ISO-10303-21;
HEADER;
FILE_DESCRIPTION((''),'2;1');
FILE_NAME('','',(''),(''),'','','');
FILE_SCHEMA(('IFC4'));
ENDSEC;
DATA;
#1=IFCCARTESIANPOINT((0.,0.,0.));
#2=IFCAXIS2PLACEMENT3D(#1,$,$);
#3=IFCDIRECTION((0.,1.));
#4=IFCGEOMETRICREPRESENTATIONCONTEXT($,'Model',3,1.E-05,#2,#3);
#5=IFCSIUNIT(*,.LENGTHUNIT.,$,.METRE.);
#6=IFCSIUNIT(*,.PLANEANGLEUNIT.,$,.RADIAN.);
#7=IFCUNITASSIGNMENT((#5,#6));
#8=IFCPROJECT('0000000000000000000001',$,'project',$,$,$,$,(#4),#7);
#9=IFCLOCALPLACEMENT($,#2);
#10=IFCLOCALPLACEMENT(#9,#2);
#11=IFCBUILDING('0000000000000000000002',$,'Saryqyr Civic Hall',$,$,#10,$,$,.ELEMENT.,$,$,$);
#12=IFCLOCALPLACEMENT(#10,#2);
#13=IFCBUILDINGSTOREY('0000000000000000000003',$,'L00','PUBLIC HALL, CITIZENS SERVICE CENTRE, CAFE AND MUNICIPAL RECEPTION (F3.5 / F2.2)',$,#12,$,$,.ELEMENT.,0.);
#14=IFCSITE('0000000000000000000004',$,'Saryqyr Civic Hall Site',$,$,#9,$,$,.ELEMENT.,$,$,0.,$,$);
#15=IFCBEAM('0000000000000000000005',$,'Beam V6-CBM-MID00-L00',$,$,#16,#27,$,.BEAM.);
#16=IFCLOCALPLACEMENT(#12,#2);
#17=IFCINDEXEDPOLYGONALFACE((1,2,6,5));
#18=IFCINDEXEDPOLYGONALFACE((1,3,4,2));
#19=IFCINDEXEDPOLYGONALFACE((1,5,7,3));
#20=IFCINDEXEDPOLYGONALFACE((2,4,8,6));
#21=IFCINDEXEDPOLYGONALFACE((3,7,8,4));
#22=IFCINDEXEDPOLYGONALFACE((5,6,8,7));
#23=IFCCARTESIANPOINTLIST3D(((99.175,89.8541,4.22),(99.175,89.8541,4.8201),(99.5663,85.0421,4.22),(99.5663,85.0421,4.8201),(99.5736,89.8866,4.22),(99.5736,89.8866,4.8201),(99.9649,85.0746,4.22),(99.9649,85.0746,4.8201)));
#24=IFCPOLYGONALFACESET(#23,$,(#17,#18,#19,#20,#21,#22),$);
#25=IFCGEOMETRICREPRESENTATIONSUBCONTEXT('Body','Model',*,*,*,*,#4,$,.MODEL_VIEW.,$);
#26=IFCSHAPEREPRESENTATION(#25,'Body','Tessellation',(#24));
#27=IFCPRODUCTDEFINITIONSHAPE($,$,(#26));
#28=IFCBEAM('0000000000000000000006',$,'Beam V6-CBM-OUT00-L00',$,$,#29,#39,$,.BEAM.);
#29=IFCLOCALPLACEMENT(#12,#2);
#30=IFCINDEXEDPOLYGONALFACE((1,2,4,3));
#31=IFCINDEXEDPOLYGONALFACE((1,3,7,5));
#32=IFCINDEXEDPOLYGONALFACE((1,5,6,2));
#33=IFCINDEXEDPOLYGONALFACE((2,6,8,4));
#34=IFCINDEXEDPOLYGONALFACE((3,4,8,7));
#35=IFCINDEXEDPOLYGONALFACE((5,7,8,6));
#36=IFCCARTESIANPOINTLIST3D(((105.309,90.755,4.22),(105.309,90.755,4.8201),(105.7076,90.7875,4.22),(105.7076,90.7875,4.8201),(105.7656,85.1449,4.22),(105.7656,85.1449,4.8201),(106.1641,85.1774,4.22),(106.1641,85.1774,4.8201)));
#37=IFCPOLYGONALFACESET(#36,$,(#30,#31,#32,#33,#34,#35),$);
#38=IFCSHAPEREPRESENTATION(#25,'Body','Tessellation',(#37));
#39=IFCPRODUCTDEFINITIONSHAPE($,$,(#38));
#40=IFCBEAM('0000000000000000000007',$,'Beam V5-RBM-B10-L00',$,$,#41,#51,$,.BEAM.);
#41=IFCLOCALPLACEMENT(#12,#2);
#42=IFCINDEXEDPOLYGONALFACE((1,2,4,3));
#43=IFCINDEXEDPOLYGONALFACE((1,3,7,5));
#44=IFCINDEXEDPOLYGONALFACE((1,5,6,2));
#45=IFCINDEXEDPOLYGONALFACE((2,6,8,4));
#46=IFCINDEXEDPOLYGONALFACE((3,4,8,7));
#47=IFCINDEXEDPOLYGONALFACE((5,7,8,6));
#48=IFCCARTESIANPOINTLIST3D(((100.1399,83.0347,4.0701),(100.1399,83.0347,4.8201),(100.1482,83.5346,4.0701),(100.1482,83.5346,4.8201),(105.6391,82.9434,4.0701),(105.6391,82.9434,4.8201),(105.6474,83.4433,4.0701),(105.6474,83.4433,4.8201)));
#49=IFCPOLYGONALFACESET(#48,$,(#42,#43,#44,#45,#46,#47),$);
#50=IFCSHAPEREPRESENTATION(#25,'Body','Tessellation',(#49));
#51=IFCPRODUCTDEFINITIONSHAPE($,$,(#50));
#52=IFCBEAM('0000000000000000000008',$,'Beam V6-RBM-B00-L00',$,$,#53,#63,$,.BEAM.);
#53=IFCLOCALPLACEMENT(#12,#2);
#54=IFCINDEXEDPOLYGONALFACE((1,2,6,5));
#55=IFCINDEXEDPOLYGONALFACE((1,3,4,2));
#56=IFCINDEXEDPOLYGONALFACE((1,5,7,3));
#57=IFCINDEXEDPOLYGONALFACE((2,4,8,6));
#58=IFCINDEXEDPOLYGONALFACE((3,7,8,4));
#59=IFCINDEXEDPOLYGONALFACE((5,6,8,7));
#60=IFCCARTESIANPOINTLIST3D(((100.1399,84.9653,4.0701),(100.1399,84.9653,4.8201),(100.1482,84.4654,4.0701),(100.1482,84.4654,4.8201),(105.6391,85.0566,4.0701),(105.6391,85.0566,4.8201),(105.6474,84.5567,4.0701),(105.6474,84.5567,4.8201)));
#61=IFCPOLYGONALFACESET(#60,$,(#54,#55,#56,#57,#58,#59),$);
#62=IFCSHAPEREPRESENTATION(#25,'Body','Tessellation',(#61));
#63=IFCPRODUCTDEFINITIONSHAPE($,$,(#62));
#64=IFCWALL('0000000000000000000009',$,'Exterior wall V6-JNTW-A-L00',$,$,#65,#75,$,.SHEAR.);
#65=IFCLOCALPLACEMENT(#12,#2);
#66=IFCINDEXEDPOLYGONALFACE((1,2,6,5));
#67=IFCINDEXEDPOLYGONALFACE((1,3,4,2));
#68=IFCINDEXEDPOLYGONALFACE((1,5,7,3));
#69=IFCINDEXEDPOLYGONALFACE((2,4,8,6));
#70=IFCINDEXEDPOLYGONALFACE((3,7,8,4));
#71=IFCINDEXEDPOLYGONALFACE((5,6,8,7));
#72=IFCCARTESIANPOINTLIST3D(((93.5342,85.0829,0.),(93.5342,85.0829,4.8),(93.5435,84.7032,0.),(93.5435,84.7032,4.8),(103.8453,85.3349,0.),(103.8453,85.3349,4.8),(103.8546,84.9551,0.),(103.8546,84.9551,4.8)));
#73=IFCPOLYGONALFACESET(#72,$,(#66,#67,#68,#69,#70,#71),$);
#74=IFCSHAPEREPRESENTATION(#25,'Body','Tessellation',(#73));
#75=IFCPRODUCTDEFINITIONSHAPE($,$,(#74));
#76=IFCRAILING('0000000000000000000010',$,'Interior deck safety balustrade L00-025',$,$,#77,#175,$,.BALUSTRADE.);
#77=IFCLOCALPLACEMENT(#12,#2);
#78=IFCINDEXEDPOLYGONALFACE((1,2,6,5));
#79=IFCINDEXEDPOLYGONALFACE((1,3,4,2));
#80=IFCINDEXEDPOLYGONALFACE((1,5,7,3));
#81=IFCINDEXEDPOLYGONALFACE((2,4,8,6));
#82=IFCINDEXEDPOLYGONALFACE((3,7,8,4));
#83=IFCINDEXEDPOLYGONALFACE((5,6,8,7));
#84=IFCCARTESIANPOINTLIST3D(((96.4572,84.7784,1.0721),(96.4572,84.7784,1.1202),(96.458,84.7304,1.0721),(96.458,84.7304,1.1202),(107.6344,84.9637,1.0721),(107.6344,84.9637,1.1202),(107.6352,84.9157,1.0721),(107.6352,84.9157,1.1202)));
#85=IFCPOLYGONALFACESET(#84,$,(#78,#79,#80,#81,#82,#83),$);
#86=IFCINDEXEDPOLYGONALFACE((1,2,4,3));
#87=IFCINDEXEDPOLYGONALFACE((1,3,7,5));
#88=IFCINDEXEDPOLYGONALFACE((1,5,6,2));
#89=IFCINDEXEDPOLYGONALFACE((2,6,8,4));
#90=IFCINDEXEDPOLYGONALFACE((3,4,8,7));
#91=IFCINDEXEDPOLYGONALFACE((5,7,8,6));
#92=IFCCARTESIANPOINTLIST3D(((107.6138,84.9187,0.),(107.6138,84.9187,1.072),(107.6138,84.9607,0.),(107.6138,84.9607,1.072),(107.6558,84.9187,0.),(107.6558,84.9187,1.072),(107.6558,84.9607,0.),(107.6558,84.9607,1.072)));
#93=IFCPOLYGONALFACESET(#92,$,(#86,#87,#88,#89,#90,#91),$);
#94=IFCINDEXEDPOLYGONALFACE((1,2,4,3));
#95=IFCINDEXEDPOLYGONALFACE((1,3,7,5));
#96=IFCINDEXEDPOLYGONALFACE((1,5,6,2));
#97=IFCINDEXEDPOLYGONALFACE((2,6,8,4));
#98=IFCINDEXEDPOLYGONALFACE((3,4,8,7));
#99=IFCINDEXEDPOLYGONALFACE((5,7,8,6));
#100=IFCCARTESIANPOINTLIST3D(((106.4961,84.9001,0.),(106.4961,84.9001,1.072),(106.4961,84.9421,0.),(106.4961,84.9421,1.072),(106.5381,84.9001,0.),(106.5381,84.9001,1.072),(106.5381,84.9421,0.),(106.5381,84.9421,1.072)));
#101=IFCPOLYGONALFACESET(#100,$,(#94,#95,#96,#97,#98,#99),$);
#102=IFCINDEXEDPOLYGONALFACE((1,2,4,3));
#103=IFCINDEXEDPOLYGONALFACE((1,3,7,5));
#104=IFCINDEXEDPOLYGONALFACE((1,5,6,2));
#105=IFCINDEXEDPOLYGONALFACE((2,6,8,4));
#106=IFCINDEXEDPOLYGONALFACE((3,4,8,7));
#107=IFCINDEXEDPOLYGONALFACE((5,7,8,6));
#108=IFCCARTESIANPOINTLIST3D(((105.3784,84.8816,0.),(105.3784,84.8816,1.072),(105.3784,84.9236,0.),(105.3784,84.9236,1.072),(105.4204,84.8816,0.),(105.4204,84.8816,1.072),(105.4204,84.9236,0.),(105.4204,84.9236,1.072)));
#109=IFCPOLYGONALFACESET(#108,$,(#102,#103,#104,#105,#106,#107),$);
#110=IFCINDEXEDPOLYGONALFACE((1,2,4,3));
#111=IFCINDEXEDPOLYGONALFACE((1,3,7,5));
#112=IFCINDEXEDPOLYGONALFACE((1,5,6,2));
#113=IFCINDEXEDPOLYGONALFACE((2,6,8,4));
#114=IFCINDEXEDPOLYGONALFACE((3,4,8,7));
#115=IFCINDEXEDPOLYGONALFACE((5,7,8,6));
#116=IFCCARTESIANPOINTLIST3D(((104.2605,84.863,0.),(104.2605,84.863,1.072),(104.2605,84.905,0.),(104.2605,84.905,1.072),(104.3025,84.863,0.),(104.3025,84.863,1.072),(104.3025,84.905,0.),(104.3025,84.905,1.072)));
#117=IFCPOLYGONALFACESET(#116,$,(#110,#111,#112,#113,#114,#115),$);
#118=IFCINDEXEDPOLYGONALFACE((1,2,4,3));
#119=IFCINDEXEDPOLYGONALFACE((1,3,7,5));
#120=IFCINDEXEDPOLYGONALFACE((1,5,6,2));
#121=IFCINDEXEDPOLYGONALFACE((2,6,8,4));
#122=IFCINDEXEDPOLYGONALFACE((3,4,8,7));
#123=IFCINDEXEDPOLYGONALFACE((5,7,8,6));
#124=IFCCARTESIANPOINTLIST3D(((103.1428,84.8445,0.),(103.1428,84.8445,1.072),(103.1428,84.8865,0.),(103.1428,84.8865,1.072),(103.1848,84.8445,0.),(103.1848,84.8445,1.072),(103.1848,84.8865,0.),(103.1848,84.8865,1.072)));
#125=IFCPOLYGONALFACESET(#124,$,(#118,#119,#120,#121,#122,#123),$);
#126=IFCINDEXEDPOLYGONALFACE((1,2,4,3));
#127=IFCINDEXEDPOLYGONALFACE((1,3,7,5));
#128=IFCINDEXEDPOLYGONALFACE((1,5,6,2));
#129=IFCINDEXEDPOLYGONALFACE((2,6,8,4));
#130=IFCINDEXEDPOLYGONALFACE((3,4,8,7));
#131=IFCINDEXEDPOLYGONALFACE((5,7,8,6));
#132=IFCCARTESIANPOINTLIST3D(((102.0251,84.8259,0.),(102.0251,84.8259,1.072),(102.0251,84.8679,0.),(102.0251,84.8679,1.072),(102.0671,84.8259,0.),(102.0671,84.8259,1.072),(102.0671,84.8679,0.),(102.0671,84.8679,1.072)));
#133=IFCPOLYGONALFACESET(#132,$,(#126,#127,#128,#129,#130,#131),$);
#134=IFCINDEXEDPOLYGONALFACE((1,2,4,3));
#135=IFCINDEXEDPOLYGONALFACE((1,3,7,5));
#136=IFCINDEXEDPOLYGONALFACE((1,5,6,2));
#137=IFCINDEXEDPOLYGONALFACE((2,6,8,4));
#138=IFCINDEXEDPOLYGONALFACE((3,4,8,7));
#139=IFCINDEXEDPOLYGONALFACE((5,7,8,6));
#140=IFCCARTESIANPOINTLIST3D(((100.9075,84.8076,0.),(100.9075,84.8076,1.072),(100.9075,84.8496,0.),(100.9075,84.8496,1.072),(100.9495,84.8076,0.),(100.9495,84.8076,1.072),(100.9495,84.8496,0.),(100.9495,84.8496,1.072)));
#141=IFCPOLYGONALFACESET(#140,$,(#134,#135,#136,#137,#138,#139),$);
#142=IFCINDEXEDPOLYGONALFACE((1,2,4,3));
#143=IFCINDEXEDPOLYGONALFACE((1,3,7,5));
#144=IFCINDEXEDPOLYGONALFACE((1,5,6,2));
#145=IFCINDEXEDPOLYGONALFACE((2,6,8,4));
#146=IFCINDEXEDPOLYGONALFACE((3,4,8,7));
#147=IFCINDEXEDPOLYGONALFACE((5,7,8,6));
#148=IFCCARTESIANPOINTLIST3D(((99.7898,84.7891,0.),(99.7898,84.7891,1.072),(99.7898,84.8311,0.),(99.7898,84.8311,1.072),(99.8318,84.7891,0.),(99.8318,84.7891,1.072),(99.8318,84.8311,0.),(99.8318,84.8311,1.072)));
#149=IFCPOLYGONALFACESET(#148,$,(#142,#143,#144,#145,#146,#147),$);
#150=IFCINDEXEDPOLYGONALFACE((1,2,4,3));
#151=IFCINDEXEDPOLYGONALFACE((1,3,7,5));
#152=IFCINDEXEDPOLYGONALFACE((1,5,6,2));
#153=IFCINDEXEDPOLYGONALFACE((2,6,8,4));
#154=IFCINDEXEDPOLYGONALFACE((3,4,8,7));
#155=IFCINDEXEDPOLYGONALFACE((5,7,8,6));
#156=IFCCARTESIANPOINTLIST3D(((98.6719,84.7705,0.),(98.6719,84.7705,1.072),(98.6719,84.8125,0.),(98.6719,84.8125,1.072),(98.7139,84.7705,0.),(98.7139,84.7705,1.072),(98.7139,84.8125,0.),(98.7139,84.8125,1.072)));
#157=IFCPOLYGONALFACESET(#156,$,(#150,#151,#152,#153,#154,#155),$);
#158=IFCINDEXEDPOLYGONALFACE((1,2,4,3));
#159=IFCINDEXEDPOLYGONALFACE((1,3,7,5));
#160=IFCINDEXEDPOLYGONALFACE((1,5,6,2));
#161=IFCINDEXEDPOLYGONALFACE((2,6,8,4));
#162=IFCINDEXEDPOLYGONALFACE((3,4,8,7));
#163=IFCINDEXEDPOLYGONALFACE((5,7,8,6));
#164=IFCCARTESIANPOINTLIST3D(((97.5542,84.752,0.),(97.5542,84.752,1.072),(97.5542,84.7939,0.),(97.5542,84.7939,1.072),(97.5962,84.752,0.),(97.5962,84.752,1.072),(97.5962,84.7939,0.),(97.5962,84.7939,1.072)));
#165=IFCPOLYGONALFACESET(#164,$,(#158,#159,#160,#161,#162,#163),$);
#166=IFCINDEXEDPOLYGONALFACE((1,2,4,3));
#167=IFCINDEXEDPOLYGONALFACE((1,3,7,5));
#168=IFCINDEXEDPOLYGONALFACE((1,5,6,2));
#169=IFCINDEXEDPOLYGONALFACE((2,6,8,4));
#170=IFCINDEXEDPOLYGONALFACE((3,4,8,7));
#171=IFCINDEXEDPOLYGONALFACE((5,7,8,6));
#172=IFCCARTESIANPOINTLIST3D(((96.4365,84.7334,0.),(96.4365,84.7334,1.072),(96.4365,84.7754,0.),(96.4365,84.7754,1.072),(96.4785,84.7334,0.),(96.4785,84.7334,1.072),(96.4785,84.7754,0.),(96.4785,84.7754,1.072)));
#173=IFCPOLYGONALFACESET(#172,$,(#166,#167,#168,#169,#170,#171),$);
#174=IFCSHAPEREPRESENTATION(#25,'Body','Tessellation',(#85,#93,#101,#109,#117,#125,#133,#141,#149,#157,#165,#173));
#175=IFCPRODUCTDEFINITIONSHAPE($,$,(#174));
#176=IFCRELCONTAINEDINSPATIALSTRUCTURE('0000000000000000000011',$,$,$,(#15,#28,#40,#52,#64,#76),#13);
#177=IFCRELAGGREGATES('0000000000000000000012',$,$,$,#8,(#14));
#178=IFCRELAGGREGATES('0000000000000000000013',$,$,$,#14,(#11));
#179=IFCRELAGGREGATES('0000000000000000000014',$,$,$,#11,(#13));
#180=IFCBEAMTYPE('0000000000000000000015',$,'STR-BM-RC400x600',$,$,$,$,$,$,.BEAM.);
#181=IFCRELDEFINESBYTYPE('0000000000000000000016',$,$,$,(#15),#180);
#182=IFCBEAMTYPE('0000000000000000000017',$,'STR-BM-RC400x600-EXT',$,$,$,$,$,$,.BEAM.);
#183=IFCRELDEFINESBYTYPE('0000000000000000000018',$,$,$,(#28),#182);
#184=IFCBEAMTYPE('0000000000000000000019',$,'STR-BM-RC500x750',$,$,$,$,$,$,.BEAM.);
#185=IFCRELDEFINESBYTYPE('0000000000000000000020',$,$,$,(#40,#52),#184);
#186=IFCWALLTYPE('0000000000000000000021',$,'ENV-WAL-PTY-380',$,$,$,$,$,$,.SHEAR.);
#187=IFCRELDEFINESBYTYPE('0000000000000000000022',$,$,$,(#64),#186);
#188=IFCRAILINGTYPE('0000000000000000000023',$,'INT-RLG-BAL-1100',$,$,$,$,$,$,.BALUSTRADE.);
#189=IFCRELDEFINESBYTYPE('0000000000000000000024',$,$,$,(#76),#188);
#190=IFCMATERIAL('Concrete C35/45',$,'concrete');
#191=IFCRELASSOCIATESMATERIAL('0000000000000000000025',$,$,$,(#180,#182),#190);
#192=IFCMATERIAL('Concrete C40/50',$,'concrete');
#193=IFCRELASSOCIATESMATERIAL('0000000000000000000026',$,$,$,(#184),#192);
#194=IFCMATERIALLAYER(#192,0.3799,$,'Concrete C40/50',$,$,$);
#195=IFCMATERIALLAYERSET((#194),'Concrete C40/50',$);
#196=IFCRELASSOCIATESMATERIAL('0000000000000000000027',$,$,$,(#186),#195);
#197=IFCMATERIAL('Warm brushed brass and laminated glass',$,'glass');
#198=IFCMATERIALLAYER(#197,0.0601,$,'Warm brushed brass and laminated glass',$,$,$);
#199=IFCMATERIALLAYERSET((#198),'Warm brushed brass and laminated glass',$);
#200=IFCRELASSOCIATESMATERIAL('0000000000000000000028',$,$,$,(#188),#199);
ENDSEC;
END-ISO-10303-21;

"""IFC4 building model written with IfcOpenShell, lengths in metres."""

from ifc_helpers import new_model, si_unit, direction, frame, frame_2d, origin, origin_2d, place, context, subcontext, project, spatial, rectangle, extrude, material, layer, layer_set, material_profile, profile_set, type_object, element, save


model = new_model("IFC4")

# Units and contexts
model_context = context("Model", 3, precision=1e-05, world=origin(), true_north=direction((0.0, 1.0)))
body_context = subcontext(model_context, "Body", "Model", "MODEL_VIEW")
ifc_project = project(units=[si_unit("LENGTHUNIT", "METRE"), si_unit("PLANEANGLEUNIT", "RADIAN")], contexts=[model_context])

# Site, building, storey
site_placement = place(None, origin())
site = spatial("IfcSite", under=ifc_project, at=site_placement, Name="Saryqyr Civic Hall Site", CompositionType="ELEMENT", RefElevation=0.0)
building_placement = place(site_placement, origin())
building = spatial("IfcBuilding", under=site, at=building_placement, Name="Saryqyr Civic Hall", CompositionType="ELEMENT")
storey_placement = place(building_placement, origin())
storey = spatial("IfcBuildingStorey", under=building, at=storey_placement, Name="L00", Description="PUBLIC HALL, CITIZENS SERVICE CENTRE, CAFE AND MUNICIPAL RECEPTION (F3.5 / F2.2)", CompositionType="ELEMENT", Elevation=0.0)

# Shared definitions
ifc_material_1 = material(Name="Concrete C40/50", Category="concrete")
ifc_material_2 = material(Name="Concrete C35/45", Category="concrete")

# Beams
ifc_material_profile_1 = material_profile(ifc_material_2, rectangle(XDim=0.3999, YDim=0.6001, at=origin_2d()), Name="RC 400x600")
ifc_profile_set_1 = profile_set([ifc_material_profile_1], Name="Concrete C35/45")
beam_type_1 = type_object("IfcBeamType", Name="STR-BM-RC400x600", PredefinedType="BEAM", material=ifc_profile_set_1)
beam_1_placement = place(storey_placement, frame((99.7656, 85.0583, 4.52), z_axis=(-0.081062, 0.996709, 0.0), x_axis=(-0.996709, -0.081062, 0.0)))
element("IfcBeam", 1, at=beam_1_placement, inside=storey, type_object=beam_type_1, Name="Beam V6-CBM-MID00-L00", PredefinedType="BEAM", context=body_context, shape_type="SweptSolid", body=[
    extrude(rectangle(XDim=0.3999, YDim=0.6001, at=origin_2d()), origin(), (0.0, 0.0, 1.0), 4.8279),
])
ifc_material_profile_2 = material_profile(ifc_material_2, rectangle(XDim=0.3999, YDim=0.6001, at=origin_2d()), Name="RC 400x600")
ifc_profile_set_2 = profile_set([ifc_material_profile_2], Name="Concrete C35/45")
beam_type_2 = type_object("IfcBeamType", Name="STR-BM-RC400x600-EXT", PredefinedType="BEAM", material=ifc_profile_set_2)
beam_2_placement = place(storey_placement, frame((105.9648, 85.1611, 4.52), z_axis=(-0.081111, 0.996705, 0.0), x_axis=(-0.996705, -0.081111, 0.0)))
element("IfcBeam", 2, at=beam_2_placement, inside=storey, type_object=beam_type_2, Name="Beam V6-CBM-OUT00-L00", PredefinedType="BEAM", context=body_context, shape_type="SweptSolid", body=[
    extrude(rectangle(XDim=0.3999, YDim=0.6001, at=origin_2d()), origin(), (0.0, 0.0, 1.0), 5.6287),
])
ifc_material_profile_3 = material_profile(ifc_material_1, rectangle(XDim=0.5, YDim=0.75, at=origin_2d()), Name="RC 500x750")
ifc_profile_set_3 = profile_set([ifc_material_profile_3], Name="Concrete C40/50")
beam_type_3 = type_object("IfcBeamType", Name="STR-BM-RC500x750", PredefinedType="BEAM", material=ifc_profile_set_3)
for number, where, z_axis, x_axis, name in (
    (3, (100.144, 83.2847, 4.4451), (0.999862, -0.016601, 0.0), (0.016601, 0.999862, 0.0), "Beam V5-RBM-B10-L00"),
    (4, (100.144, 84.7153, 4.4451), (0.999862, 0.016601, 0.0), (-0.016601, 0.999862, 0.0), "Beam V6-RBM-B00-L00"),
):
    element("IfcBeam", number, at=place(storey_placement, frame(where, z_axis=z_axis, x_axis=x_axis)), inside=storey, type_object=beam_type_3, Name=name, PredefinedType="BEAM", context=body_context, shape_type="SweptSolid", body=[
        extrude(rectangle(XDim=0.5, YDim=0.75, at=origin_2d()), origin(), (0.0, 0.0, 1.0), 5.5),
    ])

# Wall
ifc_layer_1 = layer(ifc_material_1, 0.3799, Name="Concrete C40/50")
ifc_layer_set_1 = layer_set([ifc_layer_1], Name="Concrete C40/50")
wall_type = type_object("IfcWallType", Name="ENV-WAL-PTY-380", PredefinedType="SHEAR", material=ifc_layer_set_1)
wall_placement = place(storey_placement, frame((103.8501, 85.145, 0.0), z_axis=(0.0, 0.0, 1.0), x_axis=(-0.999702, -0.024428, 0.0)))
element("IfcWall", 5, at=wall_placement, inside=storey, type_object=wall_type, Name="Exterior wall V6-JNTW-A-L00", PredefinedType="SHEAR", context=body_context, shape_type="SweptSolid", body=[
    extrude(rectangle(XDim=10.3142, YDim=0.3799, at=frame_2d((5.1572, 0.0))), origin(), (0.0, 0.0, 1.0), 4.8),
])

# Railing
ifc_material_3 = material(Name="Warm brushed brass and laminated glass", Category="glass")
ifc_layer_2 = layer(ifc_material_3, 0.0601, Name="Warm brushed brass and laminated glass")
ifc_layer_set_2 = layer_set([ifc_layer_2], Name="Warm brushed brass and laminated glass")
railing_type = type_object("IfcRailingType", Name="INT-RLG-BAL-1100", PredefinedType="BALUSTRADE", material=ifc_layer_set_2)
railing_1_placement = place(storey_placement, frame((107.6348, 84.9397, 0.0)))
element("IfcRailing", 6, at=railing_1_placement, inside=storey, type_object=railing_type, Name="Interior deck safety balustrade L00-025", PredefinedType="BALUSTRADE", context=body_context, shape_type="SweptSolid", body=[
    extrude(rectangle(XDim=0.0481, YDim=0.0481, at=origin_2d()), frame((0.0, 0.0, 1.0962), z_axis=(-0.999863, -0.016576, 0.0), x_axis=(0.016576, -0.999863, 0.0)), (0.0, 0.0, 1.0), 11.1787),
    extrude(rectangle(XDim=0.042, YDim=0.042, at=origin_2d()), origin(), (0.0, 0.0, 1.0), 1.072),
    extrude(rectangle(XDim=0.042, YDim=0.042, at=origin_2d()), frame((-1.1177, -0.0186, 0.0)), (0.0, 0.0, 1.0), 1.072),
    extrude(rectangle(XDim=0.042, YDim=0.042, at=origin_2d()), frame((-2.2354, -0.0371, 0.0)), (0.0, 0.0, 1.0), 1.072),
    extrude(rectangle(XDim=0.042, YDim=0.042, at=origin_2d()), frame((-3.3533, -0.0557, 0.0)), (0.0, 0.0, 1.0), 1.072),
    extrude(rectangle(XDim=0.042, YDim=0.042, at=origin_2d()), frame((-4.4709, -0.0742, 0.0)), (0.0, 0.0, 1.0), 1.072),
    extrude(rectangle(XDim=0.042, YDim=0.042, at=origin_2d()), frame((-5.5886, -0.0928, 0.0)), (0.0, 0.0, 1.0), 1.072),
    extrude(rectangle(XDim=0.042, YDim=0.042, at=origin_2d()), frame((-6.7063, -0.1111, 0.0)), (0.0, 0.0, 1.0), 1.072),
    extrude(rectangle(XDim=0.042, YDim=0.042, at=origin_2d()), frame((-7.824, -0.1296, 0.0)), (0.0, 0.0, 1.0), 1.072),
    extrude(rectangle(XDim=0.042, YDim=0.042, at=origin_2d()), frame((-8.9419, -0.1482, 0.0)), (0.0, 0.0, 1.0), 1.072),
    extrude(rectangle(XDim=0.042, YDim=0.042, at=origin_2d()), frame((-10.0596, -0.1667, 0.0)), (0.0, 0.0, 1.0), 1.072),
    extrude(rectangle(XDim=0.042, YDim=0.042, at=origin_2d()), frame((-11.1772, -0.1853, 0.0)), (0.0, 0.0, 1.0), 1.072),
])

save(model, "model.ifc")
